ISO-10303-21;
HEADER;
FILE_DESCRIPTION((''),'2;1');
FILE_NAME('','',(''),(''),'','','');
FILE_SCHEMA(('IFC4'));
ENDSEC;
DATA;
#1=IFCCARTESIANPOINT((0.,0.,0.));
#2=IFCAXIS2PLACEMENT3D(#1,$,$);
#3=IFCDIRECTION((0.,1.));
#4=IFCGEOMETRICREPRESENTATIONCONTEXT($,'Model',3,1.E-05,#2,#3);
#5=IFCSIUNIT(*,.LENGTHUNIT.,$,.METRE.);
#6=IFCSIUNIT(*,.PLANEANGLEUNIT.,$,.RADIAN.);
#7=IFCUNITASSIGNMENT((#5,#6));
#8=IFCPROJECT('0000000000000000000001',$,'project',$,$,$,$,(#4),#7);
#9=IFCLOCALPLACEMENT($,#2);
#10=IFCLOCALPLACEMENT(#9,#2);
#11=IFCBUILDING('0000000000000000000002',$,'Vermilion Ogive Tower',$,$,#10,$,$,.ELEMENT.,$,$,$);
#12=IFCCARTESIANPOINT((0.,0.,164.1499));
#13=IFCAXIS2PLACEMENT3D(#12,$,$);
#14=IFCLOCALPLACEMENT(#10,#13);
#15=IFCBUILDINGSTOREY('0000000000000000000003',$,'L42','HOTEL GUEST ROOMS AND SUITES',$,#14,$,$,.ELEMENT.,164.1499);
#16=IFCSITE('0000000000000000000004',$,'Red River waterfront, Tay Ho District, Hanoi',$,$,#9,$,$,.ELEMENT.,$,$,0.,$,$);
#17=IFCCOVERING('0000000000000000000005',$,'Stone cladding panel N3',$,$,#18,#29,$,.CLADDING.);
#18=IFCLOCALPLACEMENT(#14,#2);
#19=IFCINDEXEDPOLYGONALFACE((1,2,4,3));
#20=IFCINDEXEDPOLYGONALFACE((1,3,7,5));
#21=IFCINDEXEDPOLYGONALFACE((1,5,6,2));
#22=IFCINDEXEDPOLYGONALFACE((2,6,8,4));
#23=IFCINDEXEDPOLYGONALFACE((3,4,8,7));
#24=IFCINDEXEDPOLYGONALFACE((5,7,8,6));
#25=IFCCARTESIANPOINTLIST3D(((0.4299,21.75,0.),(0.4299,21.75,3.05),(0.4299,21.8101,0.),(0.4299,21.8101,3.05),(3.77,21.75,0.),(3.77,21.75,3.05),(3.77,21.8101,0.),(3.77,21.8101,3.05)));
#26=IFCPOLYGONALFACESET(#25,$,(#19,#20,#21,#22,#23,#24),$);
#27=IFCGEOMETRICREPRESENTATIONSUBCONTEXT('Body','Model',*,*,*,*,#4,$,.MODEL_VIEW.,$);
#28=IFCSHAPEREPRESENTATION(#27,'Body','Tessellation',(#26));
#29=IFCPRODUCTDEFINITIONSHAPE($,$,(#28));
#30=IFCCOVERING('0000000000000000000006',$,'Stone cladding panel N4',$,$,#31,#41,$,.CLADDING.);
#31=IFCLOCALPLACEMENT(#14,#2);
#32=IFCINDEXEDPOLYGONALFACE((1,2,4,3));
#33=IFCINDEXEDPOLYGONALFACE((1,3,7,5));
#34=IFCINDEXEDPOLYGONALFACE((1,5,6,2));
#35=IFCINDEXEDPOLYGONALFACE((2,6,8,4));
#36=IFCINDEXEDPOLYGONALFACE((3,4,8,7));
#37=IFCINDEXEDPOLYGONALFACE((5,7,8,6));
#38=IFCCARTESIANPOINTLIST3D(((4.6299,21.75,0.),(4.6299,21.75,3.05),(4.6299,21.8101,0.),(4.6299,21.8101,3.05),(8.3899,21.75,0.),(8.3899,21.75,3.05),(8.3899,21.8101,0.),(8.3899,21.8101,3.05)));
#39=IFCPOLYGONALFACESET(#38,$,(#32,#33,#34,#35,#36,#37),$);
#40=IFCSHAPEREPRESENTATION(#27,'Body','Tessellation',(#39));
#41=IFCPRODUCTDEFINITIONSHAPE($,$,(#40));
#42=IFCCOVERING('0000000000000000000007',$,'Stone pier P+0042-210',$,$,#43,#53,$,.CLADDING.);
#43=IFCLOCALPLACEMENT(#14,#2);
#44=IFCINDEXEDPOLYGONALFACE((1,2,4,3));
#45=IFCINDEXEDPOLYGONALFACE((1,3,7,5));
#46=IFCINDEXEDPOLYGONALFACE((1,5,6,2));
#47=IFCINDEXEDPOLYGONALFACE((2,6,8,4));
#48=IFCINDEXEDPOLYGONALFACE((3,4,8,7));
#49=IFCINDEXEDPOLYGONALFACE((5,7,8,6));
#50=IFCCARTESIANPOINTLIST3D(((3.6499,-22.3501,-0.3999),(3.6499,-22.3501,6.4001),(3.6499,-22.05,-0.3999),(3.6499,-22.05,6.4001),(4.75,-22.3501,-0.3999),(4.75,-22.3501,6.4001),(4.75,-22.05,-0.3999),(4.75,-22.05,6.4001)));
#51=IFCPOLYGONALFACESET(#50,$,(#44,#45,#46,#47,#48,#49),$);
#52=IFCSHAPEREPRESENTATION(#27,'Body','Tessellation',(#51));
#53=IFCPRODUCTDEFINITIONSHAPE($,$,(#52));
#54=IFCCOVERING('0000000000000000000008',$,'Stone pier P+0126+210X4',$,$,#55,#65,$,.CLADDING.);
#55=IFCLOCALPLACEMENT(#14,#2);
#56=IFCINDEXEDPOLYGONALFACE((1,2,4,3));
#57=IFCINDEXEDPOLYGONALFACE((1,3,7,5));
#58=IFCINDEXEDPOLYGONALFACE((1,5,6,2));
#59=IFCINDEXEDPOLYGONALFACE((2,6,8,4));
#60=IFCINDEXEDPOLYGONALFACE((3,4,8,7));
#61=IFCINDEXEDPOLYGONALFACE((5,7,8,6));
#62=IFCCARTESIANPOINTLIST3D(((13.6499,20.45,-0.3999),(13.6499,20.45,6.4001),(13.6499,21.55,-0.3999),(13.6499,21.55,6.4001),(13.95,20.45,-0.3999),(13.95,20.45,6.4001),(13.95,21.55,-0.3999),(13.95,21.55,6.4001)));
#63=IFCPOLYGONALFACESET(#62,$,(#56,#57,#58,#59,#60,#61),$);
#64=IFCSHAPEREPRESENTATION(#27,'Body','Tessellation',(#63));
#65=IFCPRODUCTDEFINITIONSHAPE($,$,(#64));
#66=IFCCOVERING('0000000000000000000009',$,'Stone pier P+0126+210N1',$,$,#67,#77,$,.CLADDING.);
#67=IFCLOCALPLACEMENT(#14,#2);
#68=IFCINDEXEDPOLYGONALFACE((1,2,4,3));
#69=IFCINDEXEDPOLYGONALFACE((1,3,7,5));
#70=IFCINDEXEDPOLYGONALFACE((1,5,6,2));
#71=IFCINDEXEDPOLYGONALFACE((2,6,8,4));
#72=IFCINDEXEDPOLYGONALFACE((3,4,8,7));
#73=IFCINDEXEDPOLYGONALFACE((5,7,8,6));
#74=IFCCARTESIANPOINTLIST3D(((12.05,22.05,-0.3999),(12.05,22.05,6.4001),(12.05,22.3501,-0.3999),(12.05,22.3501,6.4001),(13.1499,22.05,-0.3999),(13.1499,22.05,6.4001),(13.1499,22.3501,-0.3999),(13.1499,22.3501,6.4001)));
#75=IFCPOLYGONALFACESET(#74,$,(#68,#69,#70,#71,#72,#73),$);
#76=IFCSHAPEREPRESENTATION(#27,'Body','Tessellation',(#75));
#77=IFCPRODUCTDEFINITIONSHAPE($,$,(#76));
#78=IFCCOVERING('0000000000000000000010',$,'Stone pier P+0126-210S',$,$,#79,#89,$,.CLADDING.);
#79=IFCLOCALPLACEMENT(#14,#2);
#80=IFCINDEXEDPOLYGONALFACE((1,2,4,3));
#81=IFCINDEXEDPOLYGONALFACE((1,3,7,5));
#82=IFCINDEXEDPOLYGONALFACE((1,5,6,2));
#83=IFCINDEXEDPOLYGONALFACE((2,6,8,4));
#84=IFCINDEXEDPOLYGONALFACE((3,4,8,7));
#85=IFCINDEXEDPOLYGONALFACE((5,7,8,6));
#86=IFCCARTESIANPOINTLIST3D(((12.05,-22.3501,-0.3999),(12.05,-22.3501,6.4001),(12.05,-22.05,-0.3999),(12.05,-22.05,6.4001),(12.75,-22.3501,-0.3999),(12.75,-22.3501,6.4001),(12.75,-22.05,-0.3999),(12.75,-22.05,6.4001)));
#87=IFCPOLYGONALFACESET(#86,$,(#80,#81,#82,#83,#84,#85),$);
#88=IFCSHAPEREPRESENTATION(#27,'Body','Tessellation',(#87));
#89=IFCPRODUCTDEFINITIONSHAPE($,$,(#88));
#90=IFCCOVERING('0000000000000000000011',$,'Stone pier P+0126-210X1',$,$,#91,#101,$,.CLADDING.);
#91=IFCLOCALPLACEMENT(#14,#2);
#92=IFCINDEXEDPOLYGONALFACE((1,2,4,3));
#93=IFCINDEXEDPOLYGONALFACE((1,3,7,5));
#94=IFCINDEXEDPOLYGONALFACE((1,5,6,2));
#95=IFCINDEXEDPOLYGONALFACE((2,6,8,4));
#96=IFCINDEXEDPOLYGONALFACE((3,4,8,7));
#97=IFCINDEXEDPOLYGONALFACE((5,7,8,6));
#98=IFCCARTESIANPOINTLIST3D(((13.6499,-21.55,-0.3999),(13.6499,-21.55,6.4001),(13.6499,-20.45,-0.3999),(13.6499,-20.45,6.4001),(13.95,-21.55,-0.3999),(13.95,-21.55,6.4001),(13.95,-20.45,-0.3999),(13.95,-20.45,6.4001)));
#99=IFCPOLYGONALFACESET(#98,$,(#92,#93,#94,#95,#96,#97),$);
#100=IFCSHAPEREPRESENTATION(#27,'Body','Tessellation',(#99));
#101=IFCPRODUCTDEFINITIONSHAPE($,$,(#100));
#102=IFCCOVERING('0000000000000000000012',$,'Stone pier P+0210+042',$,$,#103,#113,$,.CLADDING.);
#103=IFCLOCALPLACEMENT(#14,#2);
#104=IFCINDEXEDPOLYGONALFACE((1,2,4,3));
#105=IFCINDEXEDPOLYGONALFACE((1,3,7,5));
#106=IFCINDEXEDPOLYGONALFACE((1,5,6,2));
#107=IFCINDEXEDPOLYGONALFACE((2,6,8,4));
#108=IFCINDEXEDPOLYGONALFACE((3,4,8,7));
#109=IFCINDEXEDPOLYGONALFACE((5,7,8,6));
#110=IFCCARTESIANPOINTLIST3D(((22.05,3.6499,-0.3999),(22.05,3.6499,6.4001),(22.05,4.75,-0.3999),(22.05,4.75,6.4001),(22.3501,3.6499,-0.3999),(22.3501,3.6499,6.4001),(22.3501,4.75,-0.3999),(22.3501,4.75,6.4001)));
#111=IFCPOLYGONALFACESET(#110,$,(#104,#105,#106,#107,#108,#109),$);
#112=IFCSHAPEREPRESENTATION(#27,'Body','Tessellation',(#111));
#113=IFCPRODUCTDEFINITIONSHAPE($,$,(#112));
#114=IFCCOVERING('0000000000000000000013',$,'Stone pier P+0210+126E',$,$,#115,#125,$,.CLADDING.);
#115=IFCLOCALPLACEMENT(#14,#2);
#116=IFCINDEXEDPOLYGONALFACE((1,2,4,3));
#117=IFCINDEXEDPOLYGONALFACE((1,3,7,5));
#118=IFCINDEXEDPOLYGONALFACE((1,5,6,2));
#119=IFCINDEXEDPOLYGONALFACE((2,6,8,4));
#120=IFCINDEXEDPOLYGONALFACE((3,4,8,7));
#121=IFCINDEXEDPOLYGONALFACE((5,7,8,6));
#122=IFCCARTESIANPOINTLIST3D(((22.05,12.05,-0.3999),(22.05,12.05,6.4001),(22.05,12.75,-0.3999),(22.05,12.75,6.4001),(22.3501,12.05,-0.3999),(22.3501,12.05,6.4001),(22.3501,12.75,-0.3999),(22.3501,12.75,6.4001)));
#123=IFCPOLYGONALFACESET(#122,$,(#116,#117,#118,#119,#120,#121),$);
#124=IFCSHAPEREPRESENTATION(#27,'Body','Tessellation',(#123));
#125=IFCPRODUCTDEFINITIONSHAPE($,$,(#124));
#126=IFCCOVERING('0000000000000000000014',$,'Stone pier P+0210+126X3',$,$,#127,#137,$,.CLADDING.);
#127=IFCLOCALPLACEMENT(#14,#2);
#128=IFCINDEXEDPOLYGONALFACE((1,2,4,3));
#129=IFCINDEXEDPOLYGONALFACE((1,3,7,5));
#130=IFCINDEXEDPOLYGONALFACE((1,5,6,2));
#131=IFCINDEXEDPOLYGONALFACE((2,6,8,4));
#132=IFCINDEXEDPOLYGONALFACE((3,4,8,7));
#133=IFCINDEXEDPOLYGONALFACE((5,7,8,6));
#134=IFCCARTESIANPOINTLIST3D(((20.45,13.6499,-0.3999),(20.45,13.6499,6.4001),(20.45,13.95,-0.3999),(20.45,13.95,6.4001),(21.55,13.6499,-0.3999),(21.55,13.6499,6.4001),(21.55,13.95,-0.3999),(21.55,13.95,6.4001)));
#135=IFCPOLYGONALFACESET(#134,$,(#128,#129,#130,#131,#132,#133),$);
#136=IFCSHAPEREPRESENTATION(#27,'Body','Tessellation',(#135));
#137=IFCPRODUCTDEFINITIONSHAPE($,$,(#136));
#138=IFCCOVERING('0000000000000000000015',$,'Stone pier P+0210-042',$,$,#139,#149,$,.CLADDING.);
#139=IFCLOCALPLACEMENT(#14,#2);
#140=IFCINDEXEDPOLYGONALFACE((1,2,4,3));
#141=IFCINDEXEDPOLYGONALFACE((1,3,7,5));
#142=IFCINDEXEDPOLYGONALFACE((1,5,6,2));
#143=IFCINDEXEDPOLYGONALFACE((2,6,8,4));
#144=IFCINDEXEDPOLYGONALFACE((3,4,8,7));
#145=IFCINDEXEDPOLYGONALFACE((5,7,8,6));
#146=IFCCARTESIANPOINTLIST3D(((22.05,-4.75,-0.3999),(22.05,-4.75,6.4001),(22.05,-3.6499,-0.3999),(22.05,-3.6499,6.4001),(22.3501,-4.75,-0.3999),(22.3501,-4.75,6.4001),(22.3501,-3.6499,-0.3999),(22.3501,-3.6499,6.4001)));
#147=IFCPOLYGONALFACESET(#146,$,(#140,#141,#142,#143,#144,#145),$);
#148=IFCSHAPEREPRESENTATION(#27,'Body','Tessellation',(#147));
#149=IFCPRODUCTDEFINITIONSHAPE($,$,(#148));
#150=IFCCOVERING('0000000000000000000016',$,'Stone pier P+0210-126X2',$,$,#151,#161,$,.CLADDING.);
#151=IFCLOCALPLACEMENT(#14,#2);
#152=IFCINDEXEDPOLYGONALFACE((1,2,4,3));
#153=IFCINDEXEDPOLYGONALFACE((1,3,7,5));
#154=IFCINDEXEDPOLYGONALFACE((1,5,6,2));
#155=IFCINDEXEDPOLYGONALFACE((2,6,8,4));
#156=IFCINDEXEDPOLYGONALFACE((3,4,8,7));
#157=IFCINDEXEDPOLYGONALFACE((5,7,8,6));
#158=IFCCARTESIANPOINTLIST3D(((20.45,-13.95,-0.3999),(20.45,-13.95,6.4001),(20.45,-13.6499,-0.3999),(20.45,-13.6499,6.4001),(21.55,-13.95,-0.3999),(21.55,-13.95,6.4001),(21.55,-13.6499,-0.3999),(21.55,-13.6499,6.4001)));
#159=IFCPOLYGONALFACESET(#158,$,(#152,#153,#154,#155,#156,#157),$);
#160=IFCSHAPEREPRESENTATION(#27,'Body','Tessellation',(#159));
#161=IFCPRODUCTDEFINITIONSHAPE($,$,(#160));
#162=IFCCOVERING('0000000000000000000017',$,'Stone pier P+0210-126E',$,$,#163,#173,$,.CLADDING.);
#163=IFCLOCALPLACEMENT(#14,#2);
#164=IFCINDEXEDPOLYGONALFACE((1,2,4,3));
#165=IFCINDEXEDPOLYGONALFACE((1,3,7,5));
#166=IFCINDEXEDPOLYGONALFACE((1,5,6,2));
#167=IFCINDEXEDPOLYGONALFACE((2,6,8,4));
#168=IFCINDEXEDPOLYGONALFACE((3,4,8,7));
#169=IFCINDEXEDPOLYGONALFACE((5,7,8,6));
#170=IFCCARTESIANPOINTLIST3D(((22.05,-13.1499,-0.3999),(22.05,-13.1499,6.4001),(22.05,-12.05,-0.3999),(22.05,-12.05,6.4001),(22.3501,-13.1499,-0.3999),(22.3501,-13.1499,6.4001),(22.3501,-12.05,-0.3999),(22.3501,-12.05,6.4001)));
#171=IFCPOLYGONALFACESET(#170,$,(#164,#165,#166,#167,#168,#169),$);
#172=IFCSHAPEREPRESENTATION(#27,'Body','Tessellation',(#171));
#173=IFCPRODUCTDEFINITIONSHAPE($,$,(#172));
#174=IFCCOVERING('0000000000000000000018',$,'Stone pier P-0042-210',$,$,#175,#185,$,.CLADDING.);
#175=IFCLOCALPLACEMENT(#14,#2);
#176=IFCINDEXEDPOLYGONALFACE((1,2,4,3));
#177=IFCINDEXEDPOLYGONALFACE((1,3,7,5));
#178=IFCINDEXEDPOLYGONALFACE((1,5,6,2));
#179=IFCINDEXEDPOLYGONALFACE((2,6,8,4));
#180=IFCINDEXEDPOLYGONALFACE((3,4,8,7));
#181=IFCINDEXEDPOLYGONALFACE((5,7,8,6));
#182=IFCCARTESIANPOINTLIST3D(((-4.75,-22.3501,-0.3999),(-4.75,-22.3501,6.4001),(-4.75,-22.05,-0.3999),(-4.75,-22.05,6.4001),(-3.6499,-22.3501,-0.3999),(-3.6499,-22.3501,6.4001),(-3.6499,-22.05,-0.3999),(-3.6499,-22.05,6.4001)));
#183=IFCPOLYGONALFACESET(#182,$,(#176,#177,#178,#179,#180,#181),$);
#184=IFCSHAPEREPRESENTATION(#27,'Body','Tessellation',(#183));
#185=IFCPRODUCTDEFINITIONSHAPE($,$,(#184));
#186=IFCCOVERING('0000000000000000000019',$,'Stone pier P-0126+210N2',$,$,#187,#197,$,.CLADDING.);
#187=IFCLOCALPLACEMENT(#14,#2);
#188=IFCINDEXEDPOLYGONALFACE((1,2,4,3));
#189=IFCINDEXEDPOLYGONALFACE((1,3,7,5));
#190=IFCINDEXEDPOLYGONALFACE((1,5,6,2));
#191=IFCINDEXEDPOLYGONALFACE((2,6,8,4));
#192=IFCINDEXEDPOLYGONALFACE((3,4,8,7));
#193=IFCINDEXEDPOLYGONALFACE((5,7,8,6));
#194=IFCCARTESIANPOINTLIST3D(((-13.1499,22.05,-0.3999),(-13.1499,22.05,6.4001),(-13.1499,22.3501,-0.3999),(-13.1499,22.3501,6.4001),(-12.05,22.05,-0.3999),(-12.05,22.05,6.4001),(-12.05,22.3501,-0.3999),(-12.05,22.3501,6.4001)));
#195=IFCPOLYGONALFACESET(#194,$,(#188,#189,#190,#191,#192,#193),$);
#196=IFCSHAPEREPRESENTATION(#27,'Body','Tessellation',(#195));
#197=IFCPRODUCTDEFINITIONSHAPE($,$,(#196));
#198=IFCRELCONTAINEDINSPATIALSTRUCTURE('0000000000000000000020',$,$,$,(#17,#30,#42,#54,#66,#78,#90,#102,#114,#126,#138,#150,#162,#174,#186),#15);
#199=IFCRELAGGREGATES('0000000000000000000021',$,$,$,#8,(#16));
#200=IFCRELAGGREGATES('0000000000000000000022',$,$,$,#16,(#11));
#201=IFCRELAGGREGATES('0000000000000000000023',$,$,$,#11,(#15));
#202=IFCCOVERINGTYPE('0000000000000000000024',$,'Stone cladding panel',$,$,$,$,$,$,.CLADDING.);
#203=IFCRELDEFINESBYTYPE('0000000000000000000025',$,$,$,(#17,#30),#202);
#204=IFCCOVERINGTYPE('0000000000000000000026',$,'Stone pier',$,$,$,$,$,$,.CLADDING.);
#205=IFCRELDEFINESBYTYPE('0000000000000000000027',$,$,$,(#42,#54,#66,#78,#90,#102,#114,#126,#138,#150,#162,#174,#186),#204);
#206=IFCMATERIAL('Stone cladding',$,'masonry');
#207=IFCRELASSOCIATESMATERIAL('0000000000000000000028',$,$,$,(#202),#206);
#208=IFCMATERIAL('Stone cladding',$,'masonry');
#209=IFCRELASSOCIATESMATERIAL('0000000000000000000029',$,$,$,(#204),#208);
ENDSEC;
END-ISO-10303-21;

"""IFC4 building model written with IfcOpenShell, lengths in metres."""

from ifc_helpers import new_model, si_unit, direction, frame, origin, place, context, subcontext, project, spatial, polyline, outline, extrude, material, type_object, element, save


model = new_model("IFC4")

# Units and contexts
model_context = context("Model", 3, precision=1e-05, world=origin(), true_north=direction((0.0, 1.0)))
body_context = subcontext(model_context, "Body", "Model", "MODEL_VIEW")
ifc_project = project(units=[si_unit("LENGTHUNIT", "METRE"), si_unit("PLANEANGLEUNIT", "RADIAN")], contexts=[model_context])

# Site, building, storey
site_placement = place(None, origin())
site = spatial("IfcSite", under=ifc_project, at=site_placement, Name="Red River waterfront, Tay Ho District, Hanoi", CompositionType="ELEMENT", RefElevation=0.0)
building_placement = place(site_placement, origin())
building = spatial("IfcBuilding", under=site, at=building_placement, Name="Vermilion Ogive Tower", CompositionType="ELEMENT")
storey_placement = place(building_placement, frame((0.0, 0.0, 164.1499)))
storey = spatial("IfcBuildingStorey", under=building, at=storey_placement, Name="L42", Description="HOTEL GUEST ROOMS AND SUITES", CompositionType="ELEMENT", Elevation=164.1499)

# Coverings
ifc_material_1 = material(Name="Stone cladding", Category="masonry")
covering_type_1 = type_object("IfcCoveringType", Name="Stone cladding panel", PredefinedType="CLADDING", material=ifc_material_1)
covering_1_placement = place(storey_placement, origin())
element("IfcCovering", 1, at=covering_1_placement, inside=storey, type_object=covering_type_1, Name="Stone cladding panel N3", PredefinedType="CLADDING", context=body_context, shape_type="SweptSolid", body=[
    extrude(outline(polyline([(0.4299, 21.75), (3.77, 21.75), (3.77, 21.8101), (0.4299, 21.8101), (0.4299, 21.75)])), origin(), (0.0, 0.0, 1.0), 3.05),
])
covering_2_placement = place(storey_placement, origin())
element("IfcCovering", 2, at=covering_2_placement, inside=storey, type_object=covering_type_1, Name="Stone cladding panel N4", PredefinedType="CLADDING", context=body_context, shape_type="SweptSolid", body=[
    extrude(outline(polyline([(4.6299, 21.75), (8.3899, 21.75), (8.3899, 21.8101), (4.6299, 21.8101), (4.6299, 21.75)])), origin(), (0.0, 0.0, 1.0), 3.05),
])
ifc_material_2 = material(Name="Stone cladding", Category="masonry")
covering_type_2 = type_object("IfcCoveringType", Name="Stone pier", PredefinedType="CLADDING", material=ifc_material_2)
covering_3_placement = place(storey_placement, frame((0.0, 0.0, -0.3999)))
element("IfcCovering", 3, at=covering_3_placement, inside=storey, type_object=covering_type_2, Name="Stone pier P+0042-210", PredefinedType="CLADDING", context=body_context, shape_type="SweptSolid", body=[
    extrude(outline(polyline([(4.75, -22.3501), (3.6499, -22.3501), (3.6499, -22.05), (4.75, -22.05), (4.75, -22.3501)])), origin(), (0.0, 0.0, 1.0), 6.8),
])
covering_4_placement = place(storey_placement, frame((0.0, 0.0, -0.3999)))
element("IfcCovering", 4, at=covering_4_placement, inside=storey, type_object=covering_type_2, Name="Stone pier P+0126+210X4", PredefinedType="CLADDING", context=body_context, shape_type="SweptSolid", body=[
    extrude(outline(polyline([(13.95, 21.55), (13.95, 20.45), (13.6499, 20.45), (13.6499, 21.55), (13.95, 21.55)])), origin(), (0.0, 0.0, 1.0), 6.8),
])
covering_5_placement = place(storey_placement, frame((0.0, 0.0, -0.3999)))
element("IfcCovering", 5, at=covering_5_placement, inside=storey, type_object=covering_type_2, Name="Stone pier P+0126+210N1", PredefinedType="CLADDING", context=body_context, shape_type="SweptSolid", body=[
    extrude(outline(polyline([(13.1499, 22.3501), (13.1499, 22.05), (12.05, 22.05), (12.05, 22.3501), (13.1499, 22.3501)])), origin(), (0.0, 0.0, 1.0), 6.8),
])
covering_6_placement = place(storey_placement, frame((0.0, 0.0, -0.3999)))
element("IfcCovering", 6, at=covering_6_placement, inside=storey, type_object=covering_type_2, Name="Stone pier P+0126-210S", PredefinedType="CLADDING", context=body_context, shape_type="SweptSolid", body=[
    extrude(outline(polyline([(12.05, -22.3501), (12.05, -22.05), (12.75, -22.05), (12.75, -22.3501), (12.05, -22.3501)])), origin(), (0.0, 0.0, 1.0), 6.8),
])
covering_7_placement = place(storey_placement, frame((0.0, 0.0, -0.3999)))
element("IfcCovering", 7, at=covering_7_placement, inside=storey, type_object=covering_type_2, Name="Stone pier P+0126-210X1", PredefinedType="CLADDING", context=body_context, shape_type="SweptSolid", body=[
    extrude(outline(polyline([(13.95, -21.55), (13.6499, -21.55), (13.6499, -20.45), (13.95, -20.45), (13.95, -21.55)])), origin(), (0.0, 0.0, 1.0), 6.8),
])
covering_8_placement = place(storey_placement, frame((0.0, 0.0, -0.3999)))
element("IfcCovering", 8, at=covering_8_placement, inside=storey, type_object=covering_type_2, Name="Stone pier P+0210+042", PredefinedType="CLADDING", context=body_context, shape_type="SweptSolid", body=[
    extrude(outline(polyline([(22.3501, 4.75), (22.3501, 3.6499), (22.05, 3.6499), (22.05, 4.75), (22.3501, 4.75)])), origin(), (0.0, 0.0, 1.0), 6.8),
])
covering_9_placement = place(storey_placement, frame((0.0, 0.0, -0.3999)))
element("IfcCovering", 9, at=covering_9_placement, inside=storey, type_object=covering_type_2, Name="Stone pier P+0210+126E", PredefinedType="CLADDING", context=body_context, shape_type="SweptSolid", body=[
    extrude(outline(polyline([(22.3501, 12.05), (22.05, 12.05), (22.05, 12.75), (22.3501, 12.75), (22.3501, 12.05)])), origin(), (0.0, 0.0, 1.0), 6.8),
])
covering_10_placement = place(storey_placement, frame((0.0, 0.0, -0.3999)))
element("IfcCovering", 10, at=covering_10_placement, inside=storey, type_object=covering_type_2, Name="Stone pier P+0210+126X3", PredefinedType="CLADDING", context=body_context, shape_type="SweptSolid", body=[
    extrude(outline(polyline([(21.55, 13.95), (21.55, 13.6499), (20.45, 13.6499), (20.45, 13.95), (21.55, 13.95)])), origin(), (0.0, 0.0, 1.0), 6.8),
])
covering_11_placement = place(storey_placement, frame((0.0, 0.0, -0.3999)))
element("IfcCovering", 11, at=covering_11_placement, inside=storey, type_object=covering_type_2, Name="Stone pier P+0210-042", PredefinedType="CLADDING", context=body_context, shape_type="SweptSolid", body=[
    extrude(outline(polyline([(22.3501, -3.6499), (22.3501, -4.75), (22.05, -4.75), (22.05, -3.6499), (22.3501, -3.6499)])), origin(), (0.0, 0.0, 1.0), 6.8),
])
covering_12_placement = place(storey_placement, frame((0.0, 0.0, -0.3999)))
element("IfcCovering", 12, at=covering_12_placement, inside=storey, type_object=covering_type_2, Name="Stone pier P+0210-126X2", PredefinedType="CLADDING", context=body_context, shape_type="SweptSolid", body=[
    extrude(outline(polyline([(21.55, -13.95), (20.45, -13.95), (20.45, -13.6499), (21.55, -13.6499), (21.55, -13.95)])), origin(), (0.0, 0.0, 1.0), 6.8),
])
covering_13_placement = place(storey_placement, frame((0.0, 0.0, -0.3999)))
element("IfcCovering", 13, at=covering_13_placement, inside=storey, type_object=covering_type_2, Name="Stone pier P+0210-126E", PredefinedType="CLADDING", context=body_context, shape_type="SweptSolid", body=[
    extrude(outline(polyline([(22.3501, -13.1499), (22.05, -13.1499), (22.05, -12.05), (22.3501, -12.05), (22.3501, -13.1499)])), origin(), (0.0, 0.0, 1.0), 6.8),
])
covering_14_placement = place(storey_placement, frame((0.0, 0.0, -0.3999)))
element("IfcCovering", 14, at=covering_14_placement, inside=storey, type_object=covering_type_2, Name="Stone pier P-0042-210", PredefinedType="CLADDING", context=body_context, shape_type="SweptSolid", body=[
    extrude(outline(polyline([(-3.6499, -22.3501), (-4.75, -22.3501), (-4.75, -22.05), (-3.6499, -22.05), (-3.6499, -22.3501)])), origin(), (0.0, 0.0, 1.0), 6.8),
])
covering_15_placement = place(storey_placement, frame((0.0, 0.0, -0.3999)))
element("IfcCovering", 15, at=covering_15_placement, inside=storey, type_object=covering_type_2, Name="Stone pier P-0126+210N2", PredefinedType="CLADDING", context=body_context, shape_type="SweptSolid", body=[
    extrude(outline(polyline([(-13.1499, 22.3501), (-12.05, 22.3501), (-12.05, 22.05), (-13.1499, 22.05), (-13.1499, 22.3501)])), origin(), (0.0, 0.0, 1.0), 6.8),
])

save(model, "model.ifc")
